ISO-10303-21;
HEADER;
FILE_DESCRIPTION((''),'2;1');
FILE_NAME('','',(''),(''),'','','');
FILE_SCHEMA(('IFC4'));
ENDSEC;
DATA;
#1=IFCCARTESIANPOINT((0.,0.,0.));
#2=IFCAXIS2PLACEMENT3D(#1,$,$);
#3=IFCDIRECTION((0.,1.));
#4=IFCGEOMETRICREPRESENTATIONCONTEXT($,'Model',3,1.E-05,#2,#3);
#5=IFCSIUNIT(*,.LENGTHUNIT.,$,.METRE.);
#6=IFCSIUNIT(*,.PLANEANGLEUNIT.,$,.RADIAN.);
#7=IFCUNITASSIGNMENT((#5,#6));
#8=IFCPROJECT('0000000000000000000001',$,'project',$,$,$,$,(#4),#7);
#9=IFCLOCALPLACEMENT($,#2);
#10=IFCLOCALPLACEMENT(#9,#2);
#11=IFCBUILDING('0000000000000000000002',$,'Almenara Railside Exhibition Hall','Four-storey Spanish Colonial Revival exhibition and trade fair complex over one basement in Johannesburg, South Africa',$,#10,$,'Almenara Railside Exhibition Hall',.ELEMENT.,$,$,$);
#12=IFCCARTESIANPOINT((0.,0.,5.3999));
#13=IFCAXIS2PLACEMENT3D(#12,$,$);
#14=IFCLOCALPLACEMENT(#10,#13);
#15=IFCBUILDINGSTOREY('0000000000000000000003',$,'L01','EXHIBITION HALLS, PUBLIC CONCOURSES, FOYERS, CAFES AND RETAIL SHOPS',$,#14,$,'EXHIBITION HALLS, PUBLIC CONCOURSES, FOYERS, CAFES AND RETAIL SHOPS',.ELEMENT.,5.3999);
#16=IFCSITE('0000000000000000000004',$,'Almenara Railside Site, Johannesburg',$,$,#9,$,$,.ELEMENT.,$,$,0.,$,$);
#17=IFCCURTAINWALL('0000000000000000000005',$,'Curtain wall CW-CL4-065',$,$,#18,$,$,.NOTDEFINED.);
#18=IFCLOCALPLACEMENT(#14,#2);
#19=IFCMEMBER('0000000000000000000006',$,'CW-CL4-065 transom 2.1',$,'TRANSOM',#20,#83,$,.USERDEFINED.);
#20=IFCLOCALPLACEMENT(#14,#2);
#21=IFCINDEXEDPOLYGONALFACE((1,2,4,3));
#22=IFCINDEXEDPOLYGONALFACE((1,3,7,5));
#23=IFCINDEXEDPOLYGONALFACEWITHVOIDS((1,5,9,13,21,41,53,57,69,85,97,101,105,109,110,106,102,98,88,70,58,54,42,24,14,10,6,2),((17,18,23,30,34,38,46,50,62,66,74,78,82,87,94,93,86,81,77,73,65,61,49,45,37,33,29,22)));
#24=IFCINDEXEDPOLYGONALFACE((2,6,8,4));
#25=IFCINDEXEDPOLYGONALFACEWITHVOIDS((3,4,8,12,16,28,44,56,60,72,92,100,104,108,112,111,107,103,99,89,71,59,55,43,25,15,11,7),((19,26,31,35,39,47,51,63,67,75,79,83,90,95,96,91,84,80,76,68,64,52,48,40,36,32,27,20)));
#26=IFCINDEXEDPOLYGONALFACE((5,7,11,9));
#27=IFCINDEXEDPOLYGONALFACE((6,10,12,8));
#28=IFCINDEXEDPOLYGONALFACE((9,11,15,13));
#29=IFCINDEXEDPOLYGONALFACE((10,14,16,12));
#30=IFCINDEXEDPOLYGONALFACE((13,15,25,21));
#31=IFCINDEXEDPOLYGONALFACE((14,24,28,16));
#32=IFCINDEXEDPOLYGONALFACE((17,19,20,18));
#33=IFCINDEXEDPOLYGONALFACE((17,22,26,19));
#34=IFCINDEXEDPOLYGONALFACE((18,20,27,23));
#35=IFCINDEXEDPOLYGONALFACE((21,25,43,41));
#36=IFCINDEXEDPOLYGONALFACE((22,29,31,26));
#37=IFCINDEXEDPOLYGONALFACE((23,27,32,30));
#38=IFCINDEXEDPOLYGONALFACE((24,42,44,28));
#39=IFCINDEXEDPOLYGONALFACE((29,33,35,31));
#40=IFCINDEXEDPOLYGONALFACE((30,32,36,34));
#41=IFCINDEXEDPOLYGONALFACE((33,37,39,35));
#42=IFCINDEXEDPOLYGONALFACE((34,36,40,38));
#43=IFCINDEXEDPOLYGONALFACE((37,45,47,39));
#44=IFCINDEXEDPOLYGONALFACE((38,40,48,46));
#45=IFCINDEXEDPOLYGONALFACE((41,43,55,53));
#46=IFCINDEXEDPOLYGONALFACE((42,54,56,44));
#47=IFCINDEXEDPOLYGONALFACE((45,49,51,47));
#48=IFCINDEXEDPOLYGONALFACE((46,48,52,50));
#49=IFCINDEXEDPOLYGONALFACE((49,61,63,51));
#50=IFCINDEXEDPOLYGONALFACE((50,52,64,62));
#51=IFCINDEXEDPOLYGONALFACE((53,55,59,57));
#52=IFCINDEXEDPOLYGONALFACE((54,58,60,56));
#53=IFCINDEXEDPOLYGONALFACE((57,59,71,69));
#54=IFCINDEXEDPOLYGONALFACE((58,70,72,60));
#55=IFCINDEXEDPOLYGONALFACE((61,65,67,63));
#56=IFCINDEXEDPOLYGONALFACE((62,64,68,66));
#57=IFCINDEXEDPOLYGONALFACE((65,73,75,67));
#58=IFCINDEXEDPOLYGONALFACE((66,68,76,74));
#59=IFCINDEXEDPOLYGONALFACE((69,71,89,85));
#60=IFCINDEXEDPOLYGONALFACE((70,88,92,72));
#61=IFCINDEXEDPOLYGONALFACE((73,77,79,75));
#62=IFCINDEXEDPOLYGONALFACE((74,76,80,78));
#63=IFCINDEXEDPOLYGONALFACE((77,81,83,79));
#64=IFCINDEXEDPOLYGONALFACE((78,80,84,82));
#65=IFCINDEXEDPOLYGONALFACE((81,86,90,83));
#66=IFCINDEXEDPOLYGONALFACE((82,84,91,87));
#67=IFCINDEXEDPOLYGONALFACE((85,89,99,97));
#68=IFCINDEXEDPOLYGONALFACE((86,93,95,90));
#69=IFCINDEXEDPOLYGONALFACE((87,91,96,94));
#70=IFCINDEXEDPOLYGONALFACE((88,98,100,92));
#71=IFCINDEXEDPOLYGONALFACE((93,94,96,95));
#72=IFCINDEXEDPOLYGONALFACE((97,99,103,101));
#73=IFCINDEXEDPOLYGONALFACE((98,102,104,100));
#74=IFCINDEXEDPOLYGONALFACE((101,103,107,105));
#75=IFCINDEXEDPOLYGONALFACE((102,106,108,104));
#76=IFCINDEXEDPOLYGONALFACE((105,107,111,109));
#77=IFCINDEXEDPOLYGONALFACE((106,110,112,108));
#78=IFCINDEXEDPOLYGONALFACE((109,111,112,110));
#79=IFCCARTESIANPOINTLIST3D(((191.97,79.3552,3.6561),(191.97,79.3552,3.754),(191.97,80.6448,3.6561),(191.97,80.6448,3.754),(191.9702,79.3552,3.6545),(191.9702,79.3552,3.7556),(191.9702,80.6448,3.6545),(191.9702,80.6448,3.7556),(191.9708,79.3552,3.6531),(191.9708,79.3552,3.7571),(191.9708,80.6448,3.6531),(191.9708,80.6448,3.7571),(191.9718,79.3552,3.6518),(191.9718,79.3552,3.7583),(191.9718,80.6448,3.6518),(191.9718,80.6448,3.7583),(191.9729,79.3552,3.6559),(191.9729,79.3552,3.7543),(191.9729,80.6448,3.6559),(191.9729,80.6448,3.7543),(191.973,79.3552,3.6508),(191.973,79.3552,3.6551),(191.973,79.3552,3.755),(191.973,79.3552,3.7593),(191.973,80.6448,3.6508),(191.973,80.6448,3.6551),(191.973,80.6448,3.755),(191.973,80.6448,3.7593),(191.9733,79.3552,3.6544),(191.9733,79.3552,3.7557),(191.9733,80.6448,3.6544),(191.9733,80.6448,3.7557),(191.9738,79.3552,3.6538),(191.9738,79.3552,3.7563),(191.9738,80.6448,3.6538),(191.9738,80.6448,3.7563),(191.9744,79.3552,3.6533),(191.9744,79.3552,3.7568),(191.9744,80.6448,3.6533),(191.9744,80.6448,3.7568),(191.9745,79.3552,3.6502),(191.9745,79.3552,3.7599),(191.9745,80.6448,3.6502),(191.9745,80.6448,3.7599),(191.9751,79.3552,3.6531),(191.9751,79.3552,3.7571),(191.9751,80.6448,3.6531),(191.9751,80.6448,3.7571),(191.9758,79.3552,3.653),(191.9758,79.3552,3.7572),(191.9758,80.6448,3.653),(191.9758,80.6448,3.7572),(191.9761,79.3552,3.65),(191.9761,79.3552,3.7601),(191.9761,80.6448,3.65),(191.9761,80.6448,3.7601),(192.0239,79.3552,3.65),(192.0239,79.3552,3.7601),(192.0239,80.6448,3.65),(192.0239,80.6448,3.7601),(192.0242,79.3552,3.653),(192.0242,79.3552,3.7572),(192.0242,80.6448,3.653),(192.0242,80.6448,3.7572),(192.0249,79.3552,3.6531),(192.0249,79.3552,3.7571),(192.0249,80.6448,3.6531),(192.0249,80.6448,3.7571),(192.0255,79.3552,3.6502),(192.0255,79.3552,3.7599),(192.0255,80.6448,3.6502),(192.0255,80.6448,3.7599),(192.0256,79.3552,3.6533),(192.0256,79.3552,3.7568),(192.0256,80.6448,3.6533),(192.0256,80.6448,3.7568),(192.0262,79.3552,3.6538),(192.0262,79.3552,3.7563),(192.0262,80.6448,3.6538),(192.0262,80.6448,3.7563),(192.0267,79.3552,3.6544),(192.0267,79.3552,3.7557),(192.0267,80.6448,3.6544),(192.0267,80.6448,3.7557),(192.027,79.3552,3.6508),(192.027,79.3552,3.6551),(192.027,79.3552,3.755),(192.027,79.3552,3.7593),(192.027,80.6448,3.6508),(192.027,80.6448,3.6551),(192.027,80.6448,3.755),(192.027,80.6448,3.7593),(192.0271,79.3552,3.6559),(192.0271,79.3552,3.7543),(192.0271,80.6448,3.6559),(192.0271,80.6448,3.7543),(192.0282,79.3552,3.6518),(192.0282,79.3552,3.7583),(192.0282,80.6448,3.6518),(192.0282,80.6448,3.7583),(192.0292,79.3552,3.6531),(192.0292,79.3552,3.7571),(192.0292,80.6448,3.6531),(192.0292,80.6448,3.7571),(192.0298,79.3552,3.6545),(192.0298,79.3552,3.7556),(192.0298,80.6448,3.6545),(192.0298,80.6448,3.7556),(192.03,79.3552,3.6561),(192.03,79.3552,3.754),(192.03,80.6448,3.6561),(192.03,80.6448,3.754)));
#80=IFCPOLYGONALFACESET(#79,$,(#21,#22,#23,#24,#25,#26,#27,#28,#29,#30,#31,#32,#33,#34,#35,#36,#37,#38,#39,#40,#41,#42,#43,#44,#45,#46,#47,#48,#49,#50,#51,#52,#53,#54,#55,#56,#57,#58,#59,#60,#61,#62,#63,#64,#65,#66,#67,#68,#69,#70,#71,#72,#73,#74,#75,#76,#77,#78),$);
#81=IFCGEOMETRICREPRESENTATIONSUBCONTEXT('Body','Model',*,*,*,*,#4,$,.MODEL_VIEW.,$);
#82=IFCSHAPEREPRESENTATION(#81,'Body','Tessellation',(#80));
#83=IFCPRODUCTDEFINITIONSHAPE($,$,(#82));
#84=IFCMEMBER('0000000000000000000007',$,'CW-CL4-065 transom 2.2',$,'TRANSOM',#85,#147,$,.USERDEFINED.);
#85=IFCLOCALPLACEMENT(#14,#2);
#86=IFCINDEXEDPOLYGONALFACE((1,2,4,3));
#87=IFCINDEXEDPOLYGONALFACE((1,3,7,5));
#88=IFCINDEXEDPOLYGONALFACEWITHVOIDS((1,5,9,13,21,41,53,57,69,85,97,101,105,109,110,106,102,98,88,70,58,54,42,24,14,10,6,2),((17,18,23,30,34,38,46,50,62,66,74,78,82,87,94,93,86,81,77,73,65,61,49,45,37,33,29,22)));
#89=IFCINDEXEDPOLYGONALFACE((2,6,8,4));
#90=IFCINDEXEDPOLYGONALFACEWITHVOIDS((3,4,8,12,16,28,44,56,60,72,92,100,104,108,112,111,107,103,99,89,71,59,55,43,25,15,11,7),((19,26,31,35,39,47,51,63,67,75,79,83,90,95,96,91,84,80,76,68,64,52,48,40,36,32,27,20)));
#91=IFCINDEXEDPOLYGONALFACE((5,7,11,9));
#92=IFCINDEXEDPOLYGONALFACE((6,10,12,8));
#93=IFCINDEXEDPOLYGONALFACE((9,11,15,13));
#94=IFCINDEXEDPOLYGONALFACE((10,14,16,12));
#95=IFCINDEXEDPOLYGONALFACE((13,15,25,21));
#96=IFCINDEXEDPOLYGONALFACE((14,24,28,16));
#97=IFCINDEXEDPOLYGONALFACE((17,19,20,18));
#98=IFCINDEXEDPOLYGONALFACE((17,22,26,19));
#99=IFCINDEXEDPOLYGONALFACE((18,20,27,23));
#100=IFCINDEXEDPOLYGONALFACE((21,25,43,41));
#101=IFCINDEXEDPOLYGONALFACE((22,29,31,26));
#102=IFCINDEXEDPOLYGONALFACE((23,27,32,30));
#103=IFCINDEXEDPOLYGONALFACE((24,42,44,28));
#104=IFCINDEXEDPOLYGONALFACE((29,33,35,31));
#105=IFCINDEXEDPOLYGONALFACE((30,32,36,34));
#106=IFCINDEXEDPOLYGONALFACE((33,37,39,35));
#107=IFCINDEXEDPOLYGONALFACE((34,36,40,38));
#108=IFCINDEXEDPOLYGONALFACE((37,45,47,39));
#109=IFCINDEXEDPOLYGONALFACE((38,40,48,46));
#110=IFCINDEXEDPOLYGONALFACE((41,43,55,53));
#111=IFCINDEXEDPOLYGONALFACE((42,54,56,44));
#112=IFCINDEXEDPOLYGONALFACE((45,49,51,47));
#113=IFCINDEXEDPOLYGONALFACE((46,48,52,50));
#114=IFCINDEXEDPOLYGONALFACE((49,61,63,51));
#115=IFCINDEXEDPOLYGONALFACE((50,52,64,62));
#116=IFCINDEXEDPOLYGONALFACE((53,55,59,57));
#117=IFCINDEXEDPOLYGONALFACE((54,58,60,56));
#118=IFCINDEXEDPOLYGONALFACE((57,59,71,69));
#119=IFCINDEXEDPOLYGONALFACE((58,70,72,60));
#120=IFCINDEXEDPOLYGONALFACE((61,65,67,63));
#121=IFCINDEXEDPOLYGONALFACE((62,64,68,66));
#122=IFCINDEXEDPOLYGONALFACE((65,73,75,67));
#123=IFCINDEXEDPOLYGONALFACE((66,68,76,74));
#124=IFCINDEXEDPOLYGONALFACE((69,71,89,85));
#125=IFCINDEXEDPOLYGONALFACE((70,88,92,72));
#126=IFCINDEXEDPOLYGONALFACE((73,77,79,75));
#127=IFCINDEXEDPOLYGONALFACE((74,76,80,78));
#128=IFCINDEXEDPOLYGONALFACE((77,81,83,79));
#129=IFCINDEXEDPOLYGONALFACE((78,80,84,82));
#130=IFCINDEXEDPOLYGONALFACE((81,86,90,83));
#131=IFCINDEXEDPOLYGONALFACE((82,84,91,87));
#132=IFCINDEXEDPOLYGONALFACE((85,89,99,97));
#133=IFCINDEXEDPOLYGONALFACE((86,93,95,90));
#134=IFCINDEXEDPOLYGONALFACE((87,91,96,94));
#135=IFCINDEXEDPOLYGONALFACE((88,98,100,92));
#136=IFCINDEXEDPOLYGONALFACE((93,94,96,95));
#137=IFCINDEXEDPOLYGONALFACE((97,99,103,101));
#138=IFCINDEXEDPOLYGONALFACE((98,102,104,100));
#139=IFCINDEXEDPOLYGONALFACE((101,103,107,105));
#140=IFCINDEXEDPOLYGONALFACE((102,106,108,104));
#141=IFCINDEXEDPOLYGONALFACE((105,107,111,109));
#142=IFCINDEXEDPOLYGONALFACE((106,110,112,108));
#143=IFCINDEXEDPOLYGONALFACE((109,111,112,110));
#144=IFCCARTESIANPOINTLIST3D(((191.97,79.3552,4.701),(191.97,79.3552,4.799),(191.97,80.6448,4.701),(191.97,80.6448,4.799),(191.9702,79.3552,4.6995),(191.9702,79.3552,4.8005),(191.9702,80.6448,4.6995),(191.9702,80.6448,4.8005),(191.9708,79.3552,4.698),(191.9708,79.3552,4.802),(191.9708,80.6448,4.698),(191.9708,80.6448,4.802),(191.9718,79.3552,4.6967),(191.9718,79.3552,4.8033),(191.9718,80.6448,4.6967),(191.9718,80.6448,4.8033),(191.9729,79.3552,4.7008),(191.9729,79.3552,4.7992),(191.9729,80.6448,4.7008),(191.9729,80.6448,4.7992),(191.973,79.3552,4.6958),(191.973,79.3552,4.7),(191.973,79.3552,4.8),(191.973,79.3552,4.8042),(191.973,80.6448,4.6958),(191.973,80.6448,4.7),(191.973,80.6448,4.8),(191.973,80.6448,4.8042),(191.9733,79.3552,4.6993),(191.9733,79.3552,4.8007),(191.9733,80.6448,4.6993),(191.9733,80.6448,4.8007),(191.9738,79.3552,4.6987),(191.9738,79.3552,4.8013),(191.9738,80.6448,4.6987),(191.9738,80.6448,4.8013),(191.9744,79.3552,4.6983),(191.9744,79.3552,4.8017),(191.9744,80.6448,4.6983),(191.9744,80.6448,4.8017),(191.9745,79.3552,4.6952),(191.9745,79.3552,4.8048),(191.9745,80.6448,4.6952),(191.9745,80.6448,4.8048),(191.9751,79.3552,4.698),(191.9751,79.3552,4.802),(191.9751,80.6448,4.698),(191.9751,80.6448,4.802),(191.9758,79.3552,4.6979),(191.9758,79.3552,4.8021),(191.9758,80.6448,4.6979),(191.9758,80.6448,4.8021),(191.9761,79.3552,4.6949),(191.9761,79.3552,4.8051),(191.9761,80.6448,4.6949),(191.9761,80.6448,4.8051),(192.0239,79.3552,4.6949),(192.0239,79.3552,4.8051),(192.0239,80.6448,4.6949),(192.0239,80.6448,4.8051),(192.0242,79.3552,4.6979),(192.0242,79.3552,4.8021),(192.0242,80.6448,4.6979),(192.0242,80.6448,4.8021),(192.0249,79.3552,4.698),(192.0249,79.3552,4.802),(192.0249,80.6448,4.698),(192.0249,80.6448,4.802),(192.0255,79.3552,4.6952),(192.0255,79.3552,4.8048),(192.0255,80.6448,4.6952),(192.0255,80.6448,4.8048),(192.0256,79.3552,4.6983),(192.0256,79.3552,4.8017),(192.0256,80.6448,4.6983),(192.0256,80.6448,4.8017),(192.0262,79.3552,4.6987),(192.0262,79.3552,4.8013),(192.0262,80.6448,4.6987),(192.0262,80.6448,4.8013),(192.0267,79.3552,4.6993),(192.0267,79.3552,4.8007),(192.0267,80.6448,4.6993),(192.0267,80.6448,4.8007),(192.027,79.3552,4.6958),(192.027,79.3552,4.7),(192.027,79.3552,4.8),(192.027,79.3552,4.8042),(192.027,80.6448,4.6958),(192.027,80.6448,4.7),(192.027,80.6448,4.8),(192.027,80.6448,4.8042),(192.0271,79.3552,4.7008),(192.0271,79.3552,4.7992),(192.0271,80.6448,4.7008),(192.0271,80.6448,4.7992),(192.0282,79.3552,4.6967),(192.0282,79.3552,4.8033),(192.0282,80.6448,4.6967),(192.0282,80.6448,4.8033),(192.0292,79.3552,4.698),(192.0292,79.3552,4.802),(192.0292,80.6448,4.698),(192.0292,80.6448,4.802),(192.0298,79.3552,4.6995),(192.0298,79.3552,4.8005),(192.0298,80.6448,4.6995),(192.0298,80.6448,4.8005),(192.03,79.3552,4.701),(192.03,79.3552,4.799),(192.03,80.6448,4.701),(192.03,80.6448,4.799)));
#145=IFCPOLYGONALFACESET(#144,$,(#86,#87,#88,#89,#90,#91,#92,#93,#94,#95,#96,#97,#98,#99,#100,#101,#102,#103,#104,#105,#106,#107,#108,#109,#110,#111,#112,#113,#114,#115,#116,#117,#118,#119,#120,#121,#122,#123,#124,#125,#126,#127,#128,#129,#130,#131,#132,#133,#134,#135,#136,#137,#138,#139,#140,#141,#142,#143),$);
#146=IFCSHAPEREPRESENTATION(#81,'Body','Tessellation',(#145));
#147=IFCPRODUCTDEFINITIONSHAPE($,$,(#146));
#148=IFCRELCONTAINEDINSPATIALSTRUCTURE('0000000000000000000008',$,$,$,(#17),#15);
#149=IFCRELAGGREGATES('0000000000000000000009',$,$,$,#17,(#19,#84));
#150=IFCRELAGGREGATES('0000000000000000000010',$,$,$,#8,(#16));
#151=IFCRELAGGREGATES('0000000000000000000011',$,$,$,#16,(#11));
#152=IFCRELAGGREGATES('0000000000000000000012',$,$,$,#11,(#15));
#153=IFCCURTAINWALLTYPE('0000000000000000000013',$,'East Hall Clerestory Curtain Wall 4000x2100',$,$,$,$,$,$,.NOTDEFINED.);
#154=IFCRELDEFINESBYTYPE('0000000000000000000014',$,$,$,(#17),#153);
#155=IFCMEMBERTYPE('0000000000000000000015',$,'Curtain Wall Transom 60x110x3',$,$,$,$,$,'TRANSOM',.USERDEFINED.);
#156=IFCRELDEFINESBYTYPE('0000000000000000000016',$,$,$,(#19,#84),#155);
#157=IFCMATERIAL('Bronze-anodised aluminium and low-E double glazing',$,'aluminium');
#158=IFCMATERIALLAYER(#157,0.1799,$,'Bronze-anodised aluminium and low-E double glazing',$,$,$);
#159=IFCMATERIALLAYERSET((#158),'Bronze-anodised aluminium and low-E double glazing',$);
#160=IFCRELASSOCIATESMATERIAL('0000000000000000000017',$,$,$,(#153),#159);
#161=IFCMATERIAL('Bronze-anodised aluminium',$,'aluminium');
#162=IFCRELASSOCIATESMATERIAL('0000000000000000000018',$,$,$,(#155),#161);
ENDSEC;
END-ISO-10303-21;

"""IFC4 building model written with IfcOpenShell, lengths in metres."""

from ifc_helpers import new_model, si_unit, direction, frame, origin, origin_2d, place, context, subcontext, project, spatial, hollow_rectangle, extrude, material, layer, layer_set, material_profile, profile_set, type_object, element, aggregate, save


model = new_model("IFC4")

# Units and contexts
model_context = context("Model", 3, precision=1e-05, world=origin(), true_north=direction((0.0, 1.0)))
body_context = subcontext(model_context, "Body", "Model", "MODEL_VIEW")
ifc_project = project(units=[si_unit("LENGTHUNIT", "METRE"), si_unit("PLANEANGLEUNIT", "RADIAN")], contexts=[model_context])

# Site, building, storey
site_placement = place(None, origin())
site = spatial("IfcSite", under=ifc_project, at=site_placement, Name="Almenara Railside Site, Johannesburg", CompositionType="ELEMENT", RefElevation=0.0)
building_placement = place(site_placement, origin())
building = spatial("IfcBuilding", under=site, at=building_placement, Name="Almenara Railside Exhibition Hall", Description="Four-storey Spanish Colonial Revival exhibition and trade fair complex over one basement in Johannesburg, South Africa", LongName="Almenara Railside Exhibition Hall", CompositionType="ELEMENT")
storey_placement = place(building_placement, frame((0.0, 0.0, 5.3999)))
storey = spatial("IfcBuildingStorey", under=building, at=storey_placement, Name="L01", Description="EXHIBITION HALLS, PUBLIC CONCOURSES, FOYERS, CAFES AND RETAIL SHOPS", LongName="EXHIBITION HALLS, PUBLIC CONCOURSES, FOYERS, CAFES AND RETAIL SHOPS", CompositionType="ELEMENT", Elevation=5.3999)

# Shared definitions
ifc_material_1 = material(Name="Bronze-anodised aluminium and low-E double glazing", Category="aluminium")
ifc_layer_1 = layer(ifc_material_1, 0.1799, Name="Bronze-anodised aluminium and low-E double glazing")
ifc_layer_set_1 = layer_set([ifc_layer_1], Name="Bronze-anodised aluminium and low-E double glazing")
curtain_wall_type = type_object("IfcCurtainWallType", Name="East Hall Clerestory Curtain Wall 4000x2100", PredefinedType="NOTDEFINED", material=ifc_layer_set_1)
ifc_material_2 = material(Name="Bronze-anodised aluminium", Category="aluminium")

# Curtain wall, members
curtain_wall_1_placement = place(storey_placement, origin())
curtain_wall_1 = element("IfcCurtainWall", 1, at=curtain_wall_1_placement, inside=storey, type_object=curtain_wall_type, Name="Curtain wall CW-CL4-065", PredefinedType="NOTDEFINED")
ifc_material_profile_1 = material_profile(ifc_material_2, hollow_rectangle(XDim=0.0601, YDim=0.1101, WallThickness=0.0029, InnerFilletRadius=0.0029, OuterFilletRadius=0.0061, at=origin_2d()), Name="ALU-TRN 60x110x3")
ifc_profile_set_1 = profile_set([ifc_material_profile_1], Name="Bronze-anodised aluminium")
member_type_1 = type_object("IfcMemberType", Name="Curtain Wall Transom 60x110x3", ElementType="TRANSOM", PredefinedType="USERDEFINED", material=ifc_profile_set_1)
member_1_placement = place(storey_placement, frame((192.0, 79.3552, 3.7051), z_axis=(0.0, 1.0, 0.0), x_axis=(-1.0, 0.0, 0.0)))
member_1 = element("IfcMember", 2, at=member_1_placement, type_object=member_type_1, Name="CW-CL4-065 transom 2.1", ObjectType="TRANSOM", PredefinedType="USERDEFINED", context=body_context, shape_type="SweptSolid", body=[
    extrude(hollow_rectangle(XDim=0.0601, YDim=0.1101, WallThickness=0.0029, InnerFilletRadius=0.0029, OuterFilletRadius=0.0061, at=origin_2d()), origin(), (0.0, 0.0, 1.0), 1.2896),
])
member_2_placement = place(storey_placement, frame((192.0, 79.3552, 4.75), z_axis=(0.0, 1.0, 0.0), x_axis=(-1.0, 0.0, 0.0)))
member_2 = element("IfcMember", 3, at=member_2_placement, type_object=member_type_1, Name="CW-CL4-065 transom 2.2", ObjectType="TRANSOM", PredefinedType="USERDEFINED", context=body_context, shape_type="SweptSolid", body=[
    extrude(hollow_rectangle(XDim=0.0601, YDim=0.1101, WallThickness=0.0029, InnerFilletRadius=0.0029, OuterFilletRadius=0.0061, at=origin_2d()), origin(), (0.0, 0.0, 1.0), 1.2896),
])

aggregate(curtain_wall_1, [member_1, member_2])

save(model, "model.ifc")
